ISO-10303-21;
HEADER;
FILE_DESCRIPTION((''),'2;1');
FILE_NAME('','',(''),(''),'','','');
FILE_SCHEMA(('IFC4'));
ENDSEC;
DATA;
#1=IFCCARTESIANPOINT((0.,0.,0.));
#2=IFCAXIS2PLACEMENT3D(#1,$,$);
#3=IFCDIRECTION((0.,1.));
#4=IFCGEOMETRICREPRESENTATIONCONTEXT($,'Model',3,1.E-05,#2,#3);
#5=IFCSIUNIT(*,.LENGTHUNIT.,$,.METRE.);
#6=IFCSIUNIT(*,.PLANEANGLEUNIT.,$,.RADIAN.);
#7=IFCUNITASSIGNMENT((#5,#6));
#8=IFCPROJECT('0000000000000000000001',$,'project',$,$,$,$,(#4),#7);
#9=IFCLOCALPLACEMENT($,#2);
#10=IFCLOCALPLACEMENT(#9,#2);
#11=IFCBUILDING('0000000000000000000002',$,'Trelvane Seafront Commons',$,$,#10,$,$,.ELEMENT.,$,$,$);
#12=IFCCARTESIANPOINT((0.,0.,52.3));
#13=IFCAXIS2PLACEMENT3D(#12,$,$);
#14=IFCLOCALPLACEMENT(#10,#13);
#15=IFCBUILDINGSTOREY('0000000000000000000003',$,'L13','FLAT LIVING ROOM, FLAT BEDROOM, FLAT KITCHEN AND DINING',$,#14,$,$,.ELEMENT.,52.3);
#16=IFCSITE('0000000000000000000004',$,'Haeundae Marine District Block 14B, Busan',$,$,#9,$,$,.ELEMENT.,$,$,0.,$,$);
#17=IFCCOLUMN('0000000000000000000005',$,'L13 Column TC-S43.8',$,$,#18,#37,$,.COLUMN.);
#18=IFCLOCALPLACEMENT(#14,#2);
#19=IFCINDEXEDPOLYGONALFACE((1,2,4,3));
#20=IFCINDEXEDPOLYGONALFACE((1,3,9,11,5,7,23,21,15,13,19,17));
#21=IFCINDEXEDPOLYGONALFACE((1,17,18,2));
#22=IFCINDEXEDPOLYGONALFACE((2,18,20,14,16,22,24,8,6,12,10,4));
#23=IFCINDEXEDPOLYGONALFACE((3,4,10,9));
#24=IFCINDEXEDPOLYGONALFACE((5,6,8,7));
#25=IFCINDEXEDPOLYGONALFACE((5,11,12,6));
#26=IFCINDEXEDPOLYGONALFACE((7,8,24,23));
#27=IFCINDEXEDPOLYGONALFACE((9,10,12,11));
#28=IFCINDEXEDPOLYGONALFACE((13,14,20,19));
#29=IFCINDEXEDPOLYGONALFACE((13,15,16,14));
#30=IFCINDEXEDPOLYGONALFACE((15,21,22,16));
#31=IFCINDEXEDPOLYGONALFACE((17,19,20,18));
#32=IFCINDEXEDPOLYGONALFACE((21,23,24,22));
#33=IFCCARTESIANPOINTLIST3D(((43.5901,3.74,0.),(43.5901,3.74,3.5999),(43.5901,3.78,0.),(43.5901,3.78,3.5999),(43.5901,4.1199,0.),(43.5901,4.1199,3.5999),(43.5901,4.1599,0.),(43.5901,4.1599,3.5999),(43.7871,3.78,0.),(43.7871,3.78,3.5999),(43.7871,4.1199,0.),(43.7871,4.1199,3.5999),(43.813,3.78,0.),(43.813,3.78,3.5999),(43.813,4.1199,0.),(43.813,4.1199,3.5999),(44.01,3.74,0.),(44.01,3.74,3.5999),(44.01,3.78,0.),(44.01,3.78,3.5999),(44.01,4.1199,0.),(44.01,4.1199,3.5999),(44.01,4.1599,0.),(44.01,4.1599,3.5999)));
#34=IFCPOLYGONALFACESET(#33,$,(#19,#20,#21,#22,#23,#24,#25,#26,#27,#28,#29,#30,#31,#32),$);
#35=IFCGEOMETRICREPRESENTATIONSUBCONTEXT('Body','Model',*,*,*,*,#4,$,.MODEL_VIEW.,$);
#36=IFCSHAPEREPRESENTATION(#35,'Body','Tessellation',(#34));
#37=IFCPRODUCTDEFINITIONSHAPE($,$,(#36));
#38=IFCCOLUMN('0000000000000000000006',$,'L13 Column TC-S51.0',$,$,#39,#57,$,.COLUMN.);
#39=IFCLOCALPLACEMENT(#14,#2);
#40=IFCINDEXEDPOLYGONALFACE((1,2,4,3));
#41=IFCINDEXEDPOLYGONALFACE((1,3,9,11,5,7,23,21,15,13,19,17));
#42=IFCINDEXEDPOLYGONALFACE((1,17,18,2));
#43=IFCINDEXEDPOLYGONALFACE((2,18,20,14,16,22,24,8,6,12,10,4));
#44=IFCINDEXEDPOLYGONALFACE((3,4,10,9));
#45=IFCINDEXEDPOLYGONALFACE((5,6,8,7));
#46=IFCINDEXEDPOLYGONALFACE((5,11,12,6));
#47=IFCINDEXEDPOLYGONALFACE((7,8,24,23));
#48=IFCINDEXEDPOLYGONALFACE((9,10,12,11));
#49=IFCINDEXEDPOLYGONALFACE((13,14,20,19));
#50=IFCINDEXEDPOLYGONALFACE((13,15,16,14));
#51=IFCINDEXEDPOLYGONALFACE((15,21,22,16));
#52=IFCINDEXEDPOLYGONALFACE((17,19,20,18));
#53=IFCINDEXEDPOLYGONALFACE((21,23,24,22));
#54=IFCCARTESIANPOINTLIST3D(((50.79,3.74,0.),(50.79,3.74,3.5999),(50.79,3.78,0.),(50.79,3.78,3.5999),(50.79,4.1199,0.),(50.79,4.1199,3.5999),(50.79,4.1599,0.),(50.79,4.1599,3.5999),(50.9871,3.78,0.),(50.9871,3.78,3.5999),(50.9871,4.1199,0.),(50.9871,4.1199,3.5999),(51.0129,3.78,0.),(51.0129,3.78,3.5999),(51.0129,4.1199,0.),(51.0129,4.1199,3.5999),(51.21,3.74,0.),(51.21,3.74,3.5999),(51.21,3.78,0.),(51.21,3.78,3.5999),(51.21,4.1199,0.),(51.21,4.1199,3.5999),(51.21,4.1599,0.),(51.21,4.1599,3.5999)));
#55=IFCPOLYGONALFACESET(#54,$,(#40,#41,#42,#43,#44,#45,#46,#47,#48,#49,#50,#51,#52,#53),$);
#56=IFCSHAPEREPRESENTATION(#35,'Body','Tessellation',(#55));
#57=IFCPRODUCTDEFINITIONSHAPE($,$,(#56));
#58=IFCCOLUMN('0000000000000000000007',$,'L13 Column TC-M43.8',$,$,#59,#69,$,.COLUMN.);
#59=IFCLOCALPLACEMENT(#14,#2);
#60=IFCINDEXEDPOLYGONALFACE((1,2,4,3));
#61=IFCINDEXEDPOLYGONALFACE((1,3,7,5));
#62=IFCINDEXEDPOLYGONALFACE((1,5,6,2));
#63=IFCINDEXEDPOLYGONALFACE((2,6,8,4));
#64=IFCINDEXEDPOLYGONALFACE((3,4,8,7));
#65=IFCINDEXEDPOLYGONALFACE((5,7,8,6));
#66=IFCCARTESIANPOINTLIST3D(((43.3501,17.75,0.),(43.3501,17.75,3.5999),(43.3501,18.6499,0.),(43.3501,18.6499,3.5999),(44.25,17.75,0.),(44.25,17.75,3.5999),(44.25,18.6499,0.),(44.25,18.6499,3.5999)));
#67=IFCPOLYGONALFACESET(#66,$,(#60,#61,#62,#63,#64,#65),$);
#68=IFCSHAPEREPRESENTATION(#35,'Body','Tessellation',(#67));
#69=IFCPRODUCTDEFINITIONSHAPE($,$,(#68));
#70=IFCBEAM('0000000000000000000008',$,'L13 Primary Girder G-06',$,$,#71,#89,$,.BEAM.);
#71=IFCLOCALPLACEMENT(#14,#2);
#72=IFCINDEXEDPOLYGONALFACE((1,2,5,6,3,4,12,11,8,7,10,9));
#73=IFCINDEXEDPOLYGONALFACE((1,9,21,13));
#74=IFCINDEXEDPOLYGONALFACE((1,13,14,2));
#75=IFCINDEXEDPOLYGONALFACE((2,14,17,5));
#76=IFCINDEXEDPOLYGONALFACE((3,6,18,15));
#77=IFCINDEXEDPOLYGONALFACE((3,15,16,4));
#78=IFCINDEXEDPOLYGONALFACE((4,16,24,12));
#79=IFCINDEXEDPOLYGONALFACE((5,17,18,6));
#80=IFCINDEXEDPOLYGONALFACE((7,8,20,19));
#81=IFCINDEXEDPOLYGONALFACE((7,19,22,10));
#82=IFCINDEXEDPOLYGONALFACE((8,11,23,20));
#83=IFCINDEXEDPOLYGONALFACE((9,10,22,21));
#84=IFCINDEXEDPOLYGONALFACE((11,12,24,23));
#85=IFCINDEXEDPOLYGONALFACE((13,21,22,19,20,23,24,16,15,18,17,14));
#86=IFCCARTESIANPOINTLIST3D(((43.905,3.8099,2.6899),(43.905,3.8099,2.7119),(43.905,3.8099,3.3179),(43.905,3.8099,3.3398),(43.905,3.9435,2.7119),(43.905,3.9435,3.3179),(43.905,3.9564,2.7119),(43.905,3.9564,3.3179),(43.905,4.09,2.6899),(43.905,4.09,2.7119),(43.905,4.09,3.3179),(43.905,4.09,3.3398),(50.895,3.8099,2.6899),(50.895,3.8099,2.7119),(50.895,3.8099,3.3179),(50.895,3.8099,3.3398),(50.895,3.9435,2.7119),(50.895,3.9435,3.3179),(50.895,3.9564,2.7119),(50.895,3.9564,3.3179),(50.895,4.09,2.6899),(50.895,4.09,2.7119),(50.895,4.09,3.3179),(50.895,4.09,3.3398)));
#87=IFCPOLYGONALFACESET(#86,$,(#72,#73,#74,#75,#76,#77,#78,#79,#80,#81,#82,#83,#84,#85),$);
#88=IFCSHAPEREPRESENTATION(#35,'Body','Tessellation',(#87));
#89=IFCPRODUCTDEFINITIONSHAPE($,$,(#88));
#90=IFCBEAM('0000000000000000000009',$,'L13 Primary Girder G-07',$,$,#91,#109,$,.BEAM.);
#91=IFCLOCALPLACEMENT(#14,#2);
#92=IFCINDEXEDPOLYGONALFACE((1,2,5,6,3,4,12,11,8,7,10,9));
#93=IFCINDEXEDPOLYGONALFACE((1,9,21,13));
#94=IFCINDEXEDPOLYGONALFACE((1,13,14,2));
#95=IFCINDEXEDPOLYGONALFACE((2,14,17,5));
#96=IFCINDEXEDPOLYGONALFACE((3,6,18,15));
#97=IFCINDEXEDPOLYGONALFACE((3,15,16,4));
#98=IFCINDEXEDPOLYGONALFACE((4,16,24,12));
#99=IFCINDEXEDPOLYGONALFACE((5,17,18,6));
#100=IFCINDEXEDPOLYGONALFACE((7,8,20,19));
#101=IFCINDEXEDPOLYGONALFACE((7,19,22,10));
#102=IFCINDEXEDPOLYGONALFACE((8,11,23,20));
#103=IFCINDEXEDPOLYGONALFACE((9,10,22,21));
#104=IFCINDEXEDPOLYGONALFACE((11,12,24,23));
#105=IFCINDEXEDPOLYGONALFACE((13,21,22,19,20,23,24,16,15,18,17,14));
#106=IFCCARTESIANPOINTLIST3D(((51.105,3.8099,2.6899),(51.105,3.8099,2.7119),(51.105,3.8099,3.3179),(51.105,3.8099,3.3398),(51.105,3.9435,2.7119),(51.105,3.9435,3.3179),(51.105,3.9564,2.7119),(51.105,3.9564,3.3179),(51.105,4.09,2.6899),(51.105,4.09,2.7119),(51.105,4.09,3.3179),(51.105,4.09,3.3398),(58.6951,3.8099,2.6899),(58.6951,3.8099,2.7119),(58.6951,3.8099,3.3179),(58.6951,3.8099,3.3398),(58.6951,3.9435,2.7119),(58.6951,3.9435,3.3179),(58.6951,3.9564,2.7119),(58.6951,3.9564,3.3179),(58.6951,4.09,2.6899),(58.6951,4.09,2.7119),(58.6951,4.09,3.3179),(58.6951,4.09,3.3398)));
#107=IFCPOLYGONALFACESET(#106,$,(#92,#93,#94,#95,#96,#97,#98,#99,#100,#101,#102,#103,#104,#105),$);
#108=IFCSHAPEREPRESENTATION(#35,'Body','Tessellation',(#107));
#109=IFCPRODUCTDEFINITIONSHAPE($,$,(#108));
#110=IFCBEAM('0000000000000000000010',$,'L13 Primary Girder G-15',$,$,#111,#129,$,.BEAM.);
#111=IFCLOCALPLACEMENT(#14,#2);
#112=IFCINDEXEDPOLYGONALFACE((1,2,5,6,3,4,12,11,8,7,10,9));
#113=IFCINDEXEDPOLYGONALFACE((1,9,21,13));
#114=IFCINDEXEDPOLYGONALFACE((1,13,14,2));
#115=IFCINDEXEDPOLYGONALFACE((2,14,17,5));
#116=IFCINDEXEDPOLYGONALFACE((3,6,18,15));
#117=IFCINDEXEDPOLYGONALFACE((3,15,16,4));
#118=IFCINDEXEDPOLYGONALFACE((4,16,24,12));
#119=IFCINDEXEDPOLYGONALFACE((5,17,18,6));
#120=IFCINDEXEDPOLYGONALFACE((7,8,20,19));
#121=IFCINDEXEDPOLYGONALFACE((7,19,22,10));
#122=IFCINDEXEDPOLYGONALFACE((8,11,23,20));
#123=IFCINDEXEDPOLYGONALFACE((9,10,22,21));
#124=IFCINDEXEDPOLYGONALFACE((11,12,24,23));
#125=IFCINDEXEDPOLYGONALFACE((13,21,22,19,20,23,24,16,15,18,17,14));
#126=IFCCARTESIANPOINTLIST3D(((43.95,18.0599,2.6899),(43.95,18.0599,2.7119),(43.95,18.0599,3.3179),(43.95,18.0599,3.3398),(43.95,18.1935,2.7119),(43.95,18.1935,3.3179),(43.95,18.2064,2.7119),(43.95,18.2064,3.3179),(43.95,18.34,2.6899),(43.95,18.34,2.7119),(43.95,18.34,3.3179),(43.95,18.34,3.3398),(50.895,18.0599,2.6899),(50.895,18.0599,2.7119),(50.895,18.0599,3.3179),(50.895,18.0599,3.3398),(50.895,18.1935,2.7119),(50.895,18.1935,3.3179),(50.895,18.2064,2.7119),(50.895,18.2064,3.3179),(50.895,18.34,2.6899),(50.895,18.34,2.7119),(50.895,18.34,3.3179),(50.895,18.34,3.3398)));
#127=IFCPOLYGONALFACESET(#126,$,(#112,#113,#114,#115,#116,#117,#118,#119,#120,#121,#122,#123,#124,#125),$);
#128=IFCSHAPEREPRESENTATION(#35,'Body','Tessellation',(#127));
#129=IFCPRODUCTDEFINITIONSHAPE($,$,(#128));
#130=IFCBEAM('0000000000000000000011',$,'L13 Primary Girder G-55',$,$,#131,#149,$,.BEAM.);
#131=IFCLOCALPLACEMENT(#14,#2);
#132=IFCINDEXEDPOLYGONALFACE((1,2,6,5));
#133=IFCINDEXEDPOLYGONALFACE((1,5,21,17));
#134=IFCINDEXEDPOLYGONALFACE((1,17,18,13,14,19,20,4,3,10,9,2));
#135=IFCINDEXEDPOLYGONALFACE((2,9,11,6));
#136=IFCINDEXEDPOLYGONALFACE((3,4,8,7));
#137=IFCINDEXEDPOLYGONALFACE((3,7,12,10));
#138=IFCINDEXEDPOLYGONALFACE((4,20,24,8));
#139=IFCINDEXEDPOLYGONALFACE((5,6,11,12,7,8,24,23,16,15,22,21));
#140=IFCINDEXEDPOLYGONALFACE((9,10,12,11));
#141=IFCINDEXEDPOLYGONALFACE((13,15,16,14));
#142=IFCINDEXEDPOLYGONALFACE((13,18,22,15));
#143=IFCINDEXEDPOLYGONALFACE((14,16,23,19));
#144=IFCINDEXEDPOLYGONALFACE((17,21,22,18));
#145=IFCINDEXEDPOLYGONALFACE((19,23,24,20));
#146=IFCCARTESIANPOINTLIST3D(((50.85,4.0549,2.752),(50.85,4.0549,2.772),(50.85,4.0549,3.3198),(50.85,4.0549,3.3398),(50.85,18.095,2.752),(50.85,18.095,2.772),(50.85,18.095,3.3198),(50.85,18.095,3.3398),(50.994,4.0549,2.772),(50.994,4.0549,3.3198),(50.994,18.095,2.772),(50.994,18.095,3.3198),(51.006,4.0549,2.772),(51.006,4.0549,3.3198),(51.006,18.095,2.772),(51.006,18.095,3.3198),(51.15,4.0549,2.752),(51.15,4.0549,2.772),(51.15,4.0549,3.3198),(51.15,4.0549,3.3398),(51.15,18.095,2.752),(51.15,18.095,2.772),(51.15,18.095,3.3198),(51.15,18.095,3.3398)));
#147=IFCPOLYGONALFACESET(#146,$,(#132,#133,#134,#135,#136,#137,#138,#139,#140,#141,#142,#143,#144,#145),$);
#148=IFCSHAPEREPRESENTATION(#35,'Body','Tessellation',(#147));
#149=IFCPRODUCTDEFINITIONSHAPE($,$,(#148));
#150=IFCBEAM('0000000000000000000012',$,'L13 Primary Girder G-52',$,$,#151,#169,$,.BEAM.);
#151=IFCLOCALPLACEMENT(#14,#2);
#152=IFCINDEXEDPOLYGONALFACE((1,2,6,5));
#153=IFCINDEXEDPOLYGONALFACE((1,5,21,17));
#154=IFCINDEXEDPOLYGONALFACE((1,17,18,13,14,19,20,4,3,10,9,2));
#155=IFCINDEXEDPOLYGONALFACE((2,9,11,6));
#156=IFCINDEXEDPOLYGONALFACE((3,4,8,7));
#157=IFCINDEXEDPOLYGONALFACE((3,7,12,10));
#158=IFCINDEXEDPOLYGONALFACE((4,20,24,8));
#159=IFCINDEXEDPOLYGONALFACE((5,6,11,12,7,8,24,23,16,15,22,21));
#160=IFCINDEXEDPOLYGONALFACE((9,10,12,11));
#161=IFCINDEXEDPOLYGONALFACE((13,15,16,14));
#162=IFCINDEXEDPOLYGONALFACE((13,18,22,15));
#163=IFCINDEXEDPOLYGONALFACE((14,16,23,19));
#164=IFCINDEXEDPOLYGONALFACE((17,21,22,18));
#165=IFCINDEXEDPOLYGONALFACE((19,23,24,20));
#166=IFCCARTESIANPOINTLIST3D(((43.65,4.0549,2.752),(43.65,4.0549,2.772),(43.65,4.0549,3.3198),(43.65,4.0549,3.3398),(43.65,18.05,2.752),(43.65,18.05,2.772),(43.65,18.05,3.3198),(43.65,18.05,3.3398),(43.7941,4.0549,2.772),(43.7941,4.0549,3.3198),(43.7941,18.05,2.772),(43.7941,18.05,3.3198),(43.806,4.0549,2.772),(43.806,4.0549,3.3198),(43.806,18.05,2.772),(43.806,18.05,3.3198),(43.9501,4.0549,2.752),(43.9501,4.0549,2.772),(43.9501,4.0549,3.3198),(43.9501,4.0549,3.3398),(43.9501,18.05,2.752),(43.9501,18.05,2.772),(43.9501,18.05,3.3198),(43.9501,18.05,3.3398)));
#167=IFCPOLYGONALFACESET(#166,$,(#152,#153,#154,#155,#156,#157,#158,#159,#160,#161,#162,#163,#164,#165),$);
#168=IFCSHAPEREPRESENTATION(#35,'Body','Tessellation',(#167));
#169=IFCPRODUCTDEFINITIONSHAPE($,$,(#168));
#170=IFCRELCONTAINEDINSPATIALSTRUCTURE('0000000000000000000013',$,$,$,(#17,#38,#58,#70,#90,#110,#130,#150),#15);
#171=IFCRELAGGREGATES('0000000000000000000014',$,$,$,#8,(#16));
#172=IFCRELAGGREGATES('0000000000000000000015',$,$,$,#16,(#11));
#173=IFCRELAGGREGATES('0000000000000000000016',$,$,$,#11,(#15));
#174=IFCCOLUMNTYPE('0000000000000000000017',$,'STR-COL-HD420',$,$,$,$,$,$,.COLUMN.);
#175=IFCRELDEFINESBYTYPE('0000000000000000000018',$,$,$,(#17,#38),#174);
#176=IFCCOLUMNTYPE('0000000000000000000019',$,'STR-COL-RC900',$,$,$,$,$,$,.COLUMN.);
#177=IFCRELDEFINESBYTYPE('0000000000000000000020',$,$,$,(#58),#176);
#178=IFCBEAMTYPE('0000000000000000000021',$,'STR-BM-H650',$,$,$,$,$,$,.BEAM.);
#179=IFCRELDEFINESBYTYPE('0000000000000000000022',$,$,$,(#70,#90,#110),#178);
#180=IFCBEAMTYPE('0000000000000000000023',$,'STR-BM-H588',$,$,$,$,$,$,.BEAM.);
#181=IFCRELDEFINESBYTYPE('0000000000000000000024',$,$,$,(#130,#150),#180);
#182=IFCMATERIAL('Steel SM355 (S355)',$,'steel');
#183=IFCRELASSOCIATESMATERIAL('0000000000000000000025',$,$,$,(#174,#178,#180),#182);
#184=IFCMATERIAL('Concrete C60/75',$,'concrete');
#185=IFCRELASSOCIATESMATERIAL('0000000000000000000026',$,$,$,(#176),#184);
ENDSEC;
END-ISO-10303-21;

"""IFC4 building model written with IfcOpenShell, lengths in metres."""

from ifc_helpers import new_model, si_unit, direction, frame, origin, origin_2d, place, context, subcontext, project, spatial, rectangle, i_section, extrude, source, transform, mapped, material, material_profile, profile_set, type_object, element, save


model = new_model("IFC4")

# Units and contexts
model_context = context("Model", 3, precision=1e-05, world=origin(), true_north=direction((0.0, 1.0)))
body_context = subcontext(model_context, "Body", "Model", "MODEL_VIEW")
ifc_project = project(units=[si_unit("LENGTHUNIT", "METRE"), si_unit("PLANEANGLEUNIT", "RADIAN")], contexts=[model_context])

# Site, building, storey
site_placement = place(None, origin())
site = spatial("IfcSite", under=ifc_project, at=site_placement, Name="Haeundae Marine District Block 14B, Busan", CompositionType="ELEMENT", RefElevation=0.0)
building_placement = place(site_placement, origin())
building = spatial("IfcBuilding", under=site, at=building_placement, Name="Trelvane Seafront Commons", CompositionType="ELEMENT")
storey_placement = place(building_placement, frame((0.0, 0.0, 52.3)))
storey = spatial("IfcBuildingStorey", under=building, at=storey_placement, Name="L13", Description="FLAT LIVING ROOM, FLAT BEDROOM, FLAT KITCHEN AND DINING", CompositionType="ELEMENT", Elevation=52.3)

# Columns
ifc_material_1 = material(Name="Steel SM355 (S355)", Category="steel")
ifc_material_profile_1 = material_profile(ifc_material_1, i_section(OverallWidth=0.4199, OverallDepth=0.4199, WebThickness=0.0259, FlangeThickness=0.04, at=origin_2d()), Name="HD-420x420x26x40")
ifc_profile_set_1 = profile_set([ifc_material_profile_1], Name="Steel SM355 (S355)")
column_type_1 = type_object("IfcColumnType", Name="STR-COL-HD420", PredefinedType="COLUMN", material=ifc_profile_set_1)
shared_shape_1 = source(origin(), body_context, "Body", "SweptSolid", [
    extrude(i_section(OverallWidth=0.4199, OverallDepth=0.4199, WebThickness=0.0259, FlangeThickness=0.04, at=origin_2d()), origin(), (0.0, 0.0, 1.0), 3.5999),
])
for number, where, z_axis, x_axis, name in (
    (1, (43.8, 3.95, 0.0), (0.0, 0.0, 1.0), (1.0, 0.0, 0.0), "L13 Column TC-S43.8"),
    (2, (51.0, 3.95, 0.0), (0.0, 0.0, 1.0), (1.0, 0.0, 0.0), "L13 Column TC-S51.0"),
):
    element("IfcColumn", number, at=place(storey_placement, frame(where, z_axis=z_axis, x_axis=x_axis)), inside=storey, type_object=column_type_1, Name=name, PredefinedType="COLUMN", context=body_context, shape_type="MappedRepresentation", body=[
        mapped(shared_shape_1, transform((0.0, 0.0, 0.0), x_axis=(1.0, 0.0, 0.0), y_axis=(0.0, 1.0, 0.0), z_axis=(0.0, 0.0, 1.0), scale=1.0)),
    ])
ifc_material_2 = material(Name="Concrete C60/75", Category="concrete")
ifc_material_profile_2 = material_profile(ifc_material_2, rectangle(XDim=0.8999, YDim=0.8999, at=origin_2d()), Name="RC-900x900")
ifc_profile_set_2 = profile_set([ifc_material_profile_2], Name="Concrete C60/75")
column_type_2 = type_object("IfcColumnType", Name="STR-COL-RC900", PredefinedType="COLUMN", material=ifc_profile_set_2)
shared_shape_2 = source(origin(), body_context, "Body", "SweptSolid", [
    extrude(rectangle(XDim=0.8999, YDim=0.8999, at=origin_2d()), origin(), (0.0, 0.0, 1.0), 3.5999),
])
column_placement = place(storey_placement, frame((43.8, 18.2, 0.0), z_axis=(0.0, 0.0, 1.0), x_axis=(1.0, 0.0, 0.0)))
element("IfcColumn", 3, at=column_placement, inside=storey, type_object=column_type_2, Name="L13 Column TC-M43.8", PredefinedType="COLUMN", context=body_context, shape_type="MappedRepresentation", body=[
    mapped(shared_shape_2, transform((0.0, 0.0, 0.0), x_axis=(1.0, 0.0, 0.0), y_axis=(0.0, 1.0, 0.0), z_axis=(0.0, 0.0, 1.0), scale=1.0)),
])

# Beams
ifc_material_profile_3 = material_profile(ifc_material_1, i_section(OverallWidth=0.28, OverallDepth=0.6499, WebThickness=0.0129, FlangeThickness=0.022, at=origin_2d()), Name="H-650x280x13x22")
ifc_profile_set_3 = profile_set([ifc_material_profile_3], Name="Steel SM355 (S355)")
beam_type_1 = type_object("IfcBeamType", Name="STR-BM-H650", PredefinedType="BEAM", material=ifc_profile_set_3)
shared_shape_3 = source(origin(), body_context, "Body", "SweptSolid", [
    extrude(i_section(OverallWidth=0.28, OverallDepth=0.6499, WebThickness=0.0129, FlangeThickness=0.022, at=origin_2d()), origin(), (0.0, 0.0, 1.0), 6.99),
])
beam_1_placement = place(storey_placement, frame((43.905, 3.95, 3.0149), z_axis=(1.0, 0.0, 0.0), x_axis=(0.0, 1.0, 0.0)))
element("IfcBeam", 4, at=beam_1_placement, inside=storey, type_object=beam_type_1, Name="L13 Primary Girder G-06", PredefinedType="BEAM", context=body_context, shape_type="MappedRepresentation", body=[
    mapped(shared_shape_3, transform((0.0, 0.0, 0.0), x_axis=(1.0, 0.0, 0.0), y_axis=(0.0, 1.0, 0.0), z_axis=(0.0, 0.0, 1.0), scale=1.0)),
])
shared_shape_4 = source(origin(), body_context, "Body", "SweptSolid", [
    extrude(i_section(OverallWidth=0.28, OverallDepth=0.6499, WebThickness=0.0129, FlangeThickness=0.022, at=origin_2d()), origin(), (0.0, 0.0, 1.0), 7.5901),
])
beam_2_placement = place(storey_placement, frame((51.105, 3.95, 3.0149), z_axis=(1.0, 0.0, 0.0), x_axis=(0.0, 1.0, 0.0)))
element("IfcBeam", 5, at=beam_2_placement, inside=storey, type_object=beam_type_1, Name="L13 Primary Girder G-07", PredefinedType="BEAM", context=body_context, shape_type="MappedRepresentation", body=[
    mapped(shared_shape_4, transform((0.0, 0.0, 0.0), x_axis=(1.0, 0.0, 0.0), y_axis=(0.0, 1.0, 0.0), z_axis=(0.0, 0.0, 1.0), scale=1.0)),
])
shared_shape_5 = source(origin(), body_context, "Body", "SweptSolid", [
    extrude(i_section(OverallWidth=0.28, OverallDepth=0.6499, WebThickness=0.0129, FlangeThickness=0.022, at=origin_2d()), origin(), (0.0, 0.0, 1.0), 6.9451),
])
beam_3_placement = place(storey_placement, frame((43.95, 18.2, 3.0149), z_axis=(1.0, 0.0, 0.0), x_axis=(0.0, 1.0, 0.0)))
element("IfcBeam", 6, at=beam_3_placement, inside=storey, type_object=beam_type_1, Name="L13 Primary Girder G-15", PredefinedType="BEAM", context=body_context, shape_type="MappedRepresentation", body=[
    mapped(shared_shape_5, transform((0.0, 0.0, 0.0), x_axis=(1.0, 0.0, 0.0), y_axis=(0.0, 1.0, 0.0), z_axis=(0.0, 0.0, 1.0), scale=1.0)),
])
ifc_material_profile_4 = material_profile(ifc_material_1, i_section(OverallWidth=0.3, OverallDepth=0.5879, WebThickness=0.012, FlangeThickness=0.02, at=origin_2d()), Name="H-588x300x12x20")
ifc_profile_set_4 = profile_set([ifc_material_profile_4], Name="Steel SM355 (S355)")
beam_type_2 = type_object("IfcBeamType", Name="STR-BM-H588", PredefinedType="BEAM", material=ifc_profile_set_4)
shared_shape_6 = source(origin(), body_context, "Body", "SweptSolid", [
    extrude(i_section(OverallWidth=0.3, OverallDepth=0.5879, WebThickness=0.012, FlangeThickness=0.02, at=origin_2d()), origin(), (0.0, 0.0, 1.0), 14.04),
])
beam_4_placement = place(storey_placement, frame((51.0, 4.0549, 3.0459), z_axis=(0.0, 1.0, 0.0), x_axis=(-1.0, 0.0, 0.0)))
element("IfcBeam", 7, at=beam_4_placement, inside=storey, type_object=beam_type_2, Name="L13 Primary Girder G-55", PredefinedType="BEAM", context=body_context, shape_type="MappedRepresentation", body=[
    mapped(shared_shape_6, transform((0.0, 0.0, 0.0), x_axis=(1.0, 0.0, 0.0), y_axis=(0.0, 1.0, 0.0), z_axis=(0.0, 0.0, 1.0), scale=1.0)),
])
shared_shape_7 = source(origin(), body_context, "Body", "SweptSolid", [
    extrude(i_section(OverallWidth=0.3, OverallDepth=0.5879, WebThickness=0.012, FlangeThickness=0.02, at=origin_2d()), origin(), (0.0, 0.0, 1.0), 13.9951),
])
beam_5_placement = place(storey_placement, frame((43.8, 4.0549, 3.0459), z_axis=(0.0, 1.0, 0.0), x_axis=(-1.0, 0.0, 0.0)))
element("IfcBeam", 8, at=beam_5_placement, inside=storey, type_object=beam_type_2, Name="L13 Primary Girder G-52", PredefinedType="BEAM", context=body_context, shape_type="MappedRepresentation", body=[
    mapped(shared_shape_7, transform((0.0, 0.0, 0.0), x_axis=(1.0, 0.0, 0.0), y_axis=(0.0, 1.0, 0.0), z_axis=(0.0, 0.0, 1.0), scale=1.0)),
])

save(model, "model.ifc")
